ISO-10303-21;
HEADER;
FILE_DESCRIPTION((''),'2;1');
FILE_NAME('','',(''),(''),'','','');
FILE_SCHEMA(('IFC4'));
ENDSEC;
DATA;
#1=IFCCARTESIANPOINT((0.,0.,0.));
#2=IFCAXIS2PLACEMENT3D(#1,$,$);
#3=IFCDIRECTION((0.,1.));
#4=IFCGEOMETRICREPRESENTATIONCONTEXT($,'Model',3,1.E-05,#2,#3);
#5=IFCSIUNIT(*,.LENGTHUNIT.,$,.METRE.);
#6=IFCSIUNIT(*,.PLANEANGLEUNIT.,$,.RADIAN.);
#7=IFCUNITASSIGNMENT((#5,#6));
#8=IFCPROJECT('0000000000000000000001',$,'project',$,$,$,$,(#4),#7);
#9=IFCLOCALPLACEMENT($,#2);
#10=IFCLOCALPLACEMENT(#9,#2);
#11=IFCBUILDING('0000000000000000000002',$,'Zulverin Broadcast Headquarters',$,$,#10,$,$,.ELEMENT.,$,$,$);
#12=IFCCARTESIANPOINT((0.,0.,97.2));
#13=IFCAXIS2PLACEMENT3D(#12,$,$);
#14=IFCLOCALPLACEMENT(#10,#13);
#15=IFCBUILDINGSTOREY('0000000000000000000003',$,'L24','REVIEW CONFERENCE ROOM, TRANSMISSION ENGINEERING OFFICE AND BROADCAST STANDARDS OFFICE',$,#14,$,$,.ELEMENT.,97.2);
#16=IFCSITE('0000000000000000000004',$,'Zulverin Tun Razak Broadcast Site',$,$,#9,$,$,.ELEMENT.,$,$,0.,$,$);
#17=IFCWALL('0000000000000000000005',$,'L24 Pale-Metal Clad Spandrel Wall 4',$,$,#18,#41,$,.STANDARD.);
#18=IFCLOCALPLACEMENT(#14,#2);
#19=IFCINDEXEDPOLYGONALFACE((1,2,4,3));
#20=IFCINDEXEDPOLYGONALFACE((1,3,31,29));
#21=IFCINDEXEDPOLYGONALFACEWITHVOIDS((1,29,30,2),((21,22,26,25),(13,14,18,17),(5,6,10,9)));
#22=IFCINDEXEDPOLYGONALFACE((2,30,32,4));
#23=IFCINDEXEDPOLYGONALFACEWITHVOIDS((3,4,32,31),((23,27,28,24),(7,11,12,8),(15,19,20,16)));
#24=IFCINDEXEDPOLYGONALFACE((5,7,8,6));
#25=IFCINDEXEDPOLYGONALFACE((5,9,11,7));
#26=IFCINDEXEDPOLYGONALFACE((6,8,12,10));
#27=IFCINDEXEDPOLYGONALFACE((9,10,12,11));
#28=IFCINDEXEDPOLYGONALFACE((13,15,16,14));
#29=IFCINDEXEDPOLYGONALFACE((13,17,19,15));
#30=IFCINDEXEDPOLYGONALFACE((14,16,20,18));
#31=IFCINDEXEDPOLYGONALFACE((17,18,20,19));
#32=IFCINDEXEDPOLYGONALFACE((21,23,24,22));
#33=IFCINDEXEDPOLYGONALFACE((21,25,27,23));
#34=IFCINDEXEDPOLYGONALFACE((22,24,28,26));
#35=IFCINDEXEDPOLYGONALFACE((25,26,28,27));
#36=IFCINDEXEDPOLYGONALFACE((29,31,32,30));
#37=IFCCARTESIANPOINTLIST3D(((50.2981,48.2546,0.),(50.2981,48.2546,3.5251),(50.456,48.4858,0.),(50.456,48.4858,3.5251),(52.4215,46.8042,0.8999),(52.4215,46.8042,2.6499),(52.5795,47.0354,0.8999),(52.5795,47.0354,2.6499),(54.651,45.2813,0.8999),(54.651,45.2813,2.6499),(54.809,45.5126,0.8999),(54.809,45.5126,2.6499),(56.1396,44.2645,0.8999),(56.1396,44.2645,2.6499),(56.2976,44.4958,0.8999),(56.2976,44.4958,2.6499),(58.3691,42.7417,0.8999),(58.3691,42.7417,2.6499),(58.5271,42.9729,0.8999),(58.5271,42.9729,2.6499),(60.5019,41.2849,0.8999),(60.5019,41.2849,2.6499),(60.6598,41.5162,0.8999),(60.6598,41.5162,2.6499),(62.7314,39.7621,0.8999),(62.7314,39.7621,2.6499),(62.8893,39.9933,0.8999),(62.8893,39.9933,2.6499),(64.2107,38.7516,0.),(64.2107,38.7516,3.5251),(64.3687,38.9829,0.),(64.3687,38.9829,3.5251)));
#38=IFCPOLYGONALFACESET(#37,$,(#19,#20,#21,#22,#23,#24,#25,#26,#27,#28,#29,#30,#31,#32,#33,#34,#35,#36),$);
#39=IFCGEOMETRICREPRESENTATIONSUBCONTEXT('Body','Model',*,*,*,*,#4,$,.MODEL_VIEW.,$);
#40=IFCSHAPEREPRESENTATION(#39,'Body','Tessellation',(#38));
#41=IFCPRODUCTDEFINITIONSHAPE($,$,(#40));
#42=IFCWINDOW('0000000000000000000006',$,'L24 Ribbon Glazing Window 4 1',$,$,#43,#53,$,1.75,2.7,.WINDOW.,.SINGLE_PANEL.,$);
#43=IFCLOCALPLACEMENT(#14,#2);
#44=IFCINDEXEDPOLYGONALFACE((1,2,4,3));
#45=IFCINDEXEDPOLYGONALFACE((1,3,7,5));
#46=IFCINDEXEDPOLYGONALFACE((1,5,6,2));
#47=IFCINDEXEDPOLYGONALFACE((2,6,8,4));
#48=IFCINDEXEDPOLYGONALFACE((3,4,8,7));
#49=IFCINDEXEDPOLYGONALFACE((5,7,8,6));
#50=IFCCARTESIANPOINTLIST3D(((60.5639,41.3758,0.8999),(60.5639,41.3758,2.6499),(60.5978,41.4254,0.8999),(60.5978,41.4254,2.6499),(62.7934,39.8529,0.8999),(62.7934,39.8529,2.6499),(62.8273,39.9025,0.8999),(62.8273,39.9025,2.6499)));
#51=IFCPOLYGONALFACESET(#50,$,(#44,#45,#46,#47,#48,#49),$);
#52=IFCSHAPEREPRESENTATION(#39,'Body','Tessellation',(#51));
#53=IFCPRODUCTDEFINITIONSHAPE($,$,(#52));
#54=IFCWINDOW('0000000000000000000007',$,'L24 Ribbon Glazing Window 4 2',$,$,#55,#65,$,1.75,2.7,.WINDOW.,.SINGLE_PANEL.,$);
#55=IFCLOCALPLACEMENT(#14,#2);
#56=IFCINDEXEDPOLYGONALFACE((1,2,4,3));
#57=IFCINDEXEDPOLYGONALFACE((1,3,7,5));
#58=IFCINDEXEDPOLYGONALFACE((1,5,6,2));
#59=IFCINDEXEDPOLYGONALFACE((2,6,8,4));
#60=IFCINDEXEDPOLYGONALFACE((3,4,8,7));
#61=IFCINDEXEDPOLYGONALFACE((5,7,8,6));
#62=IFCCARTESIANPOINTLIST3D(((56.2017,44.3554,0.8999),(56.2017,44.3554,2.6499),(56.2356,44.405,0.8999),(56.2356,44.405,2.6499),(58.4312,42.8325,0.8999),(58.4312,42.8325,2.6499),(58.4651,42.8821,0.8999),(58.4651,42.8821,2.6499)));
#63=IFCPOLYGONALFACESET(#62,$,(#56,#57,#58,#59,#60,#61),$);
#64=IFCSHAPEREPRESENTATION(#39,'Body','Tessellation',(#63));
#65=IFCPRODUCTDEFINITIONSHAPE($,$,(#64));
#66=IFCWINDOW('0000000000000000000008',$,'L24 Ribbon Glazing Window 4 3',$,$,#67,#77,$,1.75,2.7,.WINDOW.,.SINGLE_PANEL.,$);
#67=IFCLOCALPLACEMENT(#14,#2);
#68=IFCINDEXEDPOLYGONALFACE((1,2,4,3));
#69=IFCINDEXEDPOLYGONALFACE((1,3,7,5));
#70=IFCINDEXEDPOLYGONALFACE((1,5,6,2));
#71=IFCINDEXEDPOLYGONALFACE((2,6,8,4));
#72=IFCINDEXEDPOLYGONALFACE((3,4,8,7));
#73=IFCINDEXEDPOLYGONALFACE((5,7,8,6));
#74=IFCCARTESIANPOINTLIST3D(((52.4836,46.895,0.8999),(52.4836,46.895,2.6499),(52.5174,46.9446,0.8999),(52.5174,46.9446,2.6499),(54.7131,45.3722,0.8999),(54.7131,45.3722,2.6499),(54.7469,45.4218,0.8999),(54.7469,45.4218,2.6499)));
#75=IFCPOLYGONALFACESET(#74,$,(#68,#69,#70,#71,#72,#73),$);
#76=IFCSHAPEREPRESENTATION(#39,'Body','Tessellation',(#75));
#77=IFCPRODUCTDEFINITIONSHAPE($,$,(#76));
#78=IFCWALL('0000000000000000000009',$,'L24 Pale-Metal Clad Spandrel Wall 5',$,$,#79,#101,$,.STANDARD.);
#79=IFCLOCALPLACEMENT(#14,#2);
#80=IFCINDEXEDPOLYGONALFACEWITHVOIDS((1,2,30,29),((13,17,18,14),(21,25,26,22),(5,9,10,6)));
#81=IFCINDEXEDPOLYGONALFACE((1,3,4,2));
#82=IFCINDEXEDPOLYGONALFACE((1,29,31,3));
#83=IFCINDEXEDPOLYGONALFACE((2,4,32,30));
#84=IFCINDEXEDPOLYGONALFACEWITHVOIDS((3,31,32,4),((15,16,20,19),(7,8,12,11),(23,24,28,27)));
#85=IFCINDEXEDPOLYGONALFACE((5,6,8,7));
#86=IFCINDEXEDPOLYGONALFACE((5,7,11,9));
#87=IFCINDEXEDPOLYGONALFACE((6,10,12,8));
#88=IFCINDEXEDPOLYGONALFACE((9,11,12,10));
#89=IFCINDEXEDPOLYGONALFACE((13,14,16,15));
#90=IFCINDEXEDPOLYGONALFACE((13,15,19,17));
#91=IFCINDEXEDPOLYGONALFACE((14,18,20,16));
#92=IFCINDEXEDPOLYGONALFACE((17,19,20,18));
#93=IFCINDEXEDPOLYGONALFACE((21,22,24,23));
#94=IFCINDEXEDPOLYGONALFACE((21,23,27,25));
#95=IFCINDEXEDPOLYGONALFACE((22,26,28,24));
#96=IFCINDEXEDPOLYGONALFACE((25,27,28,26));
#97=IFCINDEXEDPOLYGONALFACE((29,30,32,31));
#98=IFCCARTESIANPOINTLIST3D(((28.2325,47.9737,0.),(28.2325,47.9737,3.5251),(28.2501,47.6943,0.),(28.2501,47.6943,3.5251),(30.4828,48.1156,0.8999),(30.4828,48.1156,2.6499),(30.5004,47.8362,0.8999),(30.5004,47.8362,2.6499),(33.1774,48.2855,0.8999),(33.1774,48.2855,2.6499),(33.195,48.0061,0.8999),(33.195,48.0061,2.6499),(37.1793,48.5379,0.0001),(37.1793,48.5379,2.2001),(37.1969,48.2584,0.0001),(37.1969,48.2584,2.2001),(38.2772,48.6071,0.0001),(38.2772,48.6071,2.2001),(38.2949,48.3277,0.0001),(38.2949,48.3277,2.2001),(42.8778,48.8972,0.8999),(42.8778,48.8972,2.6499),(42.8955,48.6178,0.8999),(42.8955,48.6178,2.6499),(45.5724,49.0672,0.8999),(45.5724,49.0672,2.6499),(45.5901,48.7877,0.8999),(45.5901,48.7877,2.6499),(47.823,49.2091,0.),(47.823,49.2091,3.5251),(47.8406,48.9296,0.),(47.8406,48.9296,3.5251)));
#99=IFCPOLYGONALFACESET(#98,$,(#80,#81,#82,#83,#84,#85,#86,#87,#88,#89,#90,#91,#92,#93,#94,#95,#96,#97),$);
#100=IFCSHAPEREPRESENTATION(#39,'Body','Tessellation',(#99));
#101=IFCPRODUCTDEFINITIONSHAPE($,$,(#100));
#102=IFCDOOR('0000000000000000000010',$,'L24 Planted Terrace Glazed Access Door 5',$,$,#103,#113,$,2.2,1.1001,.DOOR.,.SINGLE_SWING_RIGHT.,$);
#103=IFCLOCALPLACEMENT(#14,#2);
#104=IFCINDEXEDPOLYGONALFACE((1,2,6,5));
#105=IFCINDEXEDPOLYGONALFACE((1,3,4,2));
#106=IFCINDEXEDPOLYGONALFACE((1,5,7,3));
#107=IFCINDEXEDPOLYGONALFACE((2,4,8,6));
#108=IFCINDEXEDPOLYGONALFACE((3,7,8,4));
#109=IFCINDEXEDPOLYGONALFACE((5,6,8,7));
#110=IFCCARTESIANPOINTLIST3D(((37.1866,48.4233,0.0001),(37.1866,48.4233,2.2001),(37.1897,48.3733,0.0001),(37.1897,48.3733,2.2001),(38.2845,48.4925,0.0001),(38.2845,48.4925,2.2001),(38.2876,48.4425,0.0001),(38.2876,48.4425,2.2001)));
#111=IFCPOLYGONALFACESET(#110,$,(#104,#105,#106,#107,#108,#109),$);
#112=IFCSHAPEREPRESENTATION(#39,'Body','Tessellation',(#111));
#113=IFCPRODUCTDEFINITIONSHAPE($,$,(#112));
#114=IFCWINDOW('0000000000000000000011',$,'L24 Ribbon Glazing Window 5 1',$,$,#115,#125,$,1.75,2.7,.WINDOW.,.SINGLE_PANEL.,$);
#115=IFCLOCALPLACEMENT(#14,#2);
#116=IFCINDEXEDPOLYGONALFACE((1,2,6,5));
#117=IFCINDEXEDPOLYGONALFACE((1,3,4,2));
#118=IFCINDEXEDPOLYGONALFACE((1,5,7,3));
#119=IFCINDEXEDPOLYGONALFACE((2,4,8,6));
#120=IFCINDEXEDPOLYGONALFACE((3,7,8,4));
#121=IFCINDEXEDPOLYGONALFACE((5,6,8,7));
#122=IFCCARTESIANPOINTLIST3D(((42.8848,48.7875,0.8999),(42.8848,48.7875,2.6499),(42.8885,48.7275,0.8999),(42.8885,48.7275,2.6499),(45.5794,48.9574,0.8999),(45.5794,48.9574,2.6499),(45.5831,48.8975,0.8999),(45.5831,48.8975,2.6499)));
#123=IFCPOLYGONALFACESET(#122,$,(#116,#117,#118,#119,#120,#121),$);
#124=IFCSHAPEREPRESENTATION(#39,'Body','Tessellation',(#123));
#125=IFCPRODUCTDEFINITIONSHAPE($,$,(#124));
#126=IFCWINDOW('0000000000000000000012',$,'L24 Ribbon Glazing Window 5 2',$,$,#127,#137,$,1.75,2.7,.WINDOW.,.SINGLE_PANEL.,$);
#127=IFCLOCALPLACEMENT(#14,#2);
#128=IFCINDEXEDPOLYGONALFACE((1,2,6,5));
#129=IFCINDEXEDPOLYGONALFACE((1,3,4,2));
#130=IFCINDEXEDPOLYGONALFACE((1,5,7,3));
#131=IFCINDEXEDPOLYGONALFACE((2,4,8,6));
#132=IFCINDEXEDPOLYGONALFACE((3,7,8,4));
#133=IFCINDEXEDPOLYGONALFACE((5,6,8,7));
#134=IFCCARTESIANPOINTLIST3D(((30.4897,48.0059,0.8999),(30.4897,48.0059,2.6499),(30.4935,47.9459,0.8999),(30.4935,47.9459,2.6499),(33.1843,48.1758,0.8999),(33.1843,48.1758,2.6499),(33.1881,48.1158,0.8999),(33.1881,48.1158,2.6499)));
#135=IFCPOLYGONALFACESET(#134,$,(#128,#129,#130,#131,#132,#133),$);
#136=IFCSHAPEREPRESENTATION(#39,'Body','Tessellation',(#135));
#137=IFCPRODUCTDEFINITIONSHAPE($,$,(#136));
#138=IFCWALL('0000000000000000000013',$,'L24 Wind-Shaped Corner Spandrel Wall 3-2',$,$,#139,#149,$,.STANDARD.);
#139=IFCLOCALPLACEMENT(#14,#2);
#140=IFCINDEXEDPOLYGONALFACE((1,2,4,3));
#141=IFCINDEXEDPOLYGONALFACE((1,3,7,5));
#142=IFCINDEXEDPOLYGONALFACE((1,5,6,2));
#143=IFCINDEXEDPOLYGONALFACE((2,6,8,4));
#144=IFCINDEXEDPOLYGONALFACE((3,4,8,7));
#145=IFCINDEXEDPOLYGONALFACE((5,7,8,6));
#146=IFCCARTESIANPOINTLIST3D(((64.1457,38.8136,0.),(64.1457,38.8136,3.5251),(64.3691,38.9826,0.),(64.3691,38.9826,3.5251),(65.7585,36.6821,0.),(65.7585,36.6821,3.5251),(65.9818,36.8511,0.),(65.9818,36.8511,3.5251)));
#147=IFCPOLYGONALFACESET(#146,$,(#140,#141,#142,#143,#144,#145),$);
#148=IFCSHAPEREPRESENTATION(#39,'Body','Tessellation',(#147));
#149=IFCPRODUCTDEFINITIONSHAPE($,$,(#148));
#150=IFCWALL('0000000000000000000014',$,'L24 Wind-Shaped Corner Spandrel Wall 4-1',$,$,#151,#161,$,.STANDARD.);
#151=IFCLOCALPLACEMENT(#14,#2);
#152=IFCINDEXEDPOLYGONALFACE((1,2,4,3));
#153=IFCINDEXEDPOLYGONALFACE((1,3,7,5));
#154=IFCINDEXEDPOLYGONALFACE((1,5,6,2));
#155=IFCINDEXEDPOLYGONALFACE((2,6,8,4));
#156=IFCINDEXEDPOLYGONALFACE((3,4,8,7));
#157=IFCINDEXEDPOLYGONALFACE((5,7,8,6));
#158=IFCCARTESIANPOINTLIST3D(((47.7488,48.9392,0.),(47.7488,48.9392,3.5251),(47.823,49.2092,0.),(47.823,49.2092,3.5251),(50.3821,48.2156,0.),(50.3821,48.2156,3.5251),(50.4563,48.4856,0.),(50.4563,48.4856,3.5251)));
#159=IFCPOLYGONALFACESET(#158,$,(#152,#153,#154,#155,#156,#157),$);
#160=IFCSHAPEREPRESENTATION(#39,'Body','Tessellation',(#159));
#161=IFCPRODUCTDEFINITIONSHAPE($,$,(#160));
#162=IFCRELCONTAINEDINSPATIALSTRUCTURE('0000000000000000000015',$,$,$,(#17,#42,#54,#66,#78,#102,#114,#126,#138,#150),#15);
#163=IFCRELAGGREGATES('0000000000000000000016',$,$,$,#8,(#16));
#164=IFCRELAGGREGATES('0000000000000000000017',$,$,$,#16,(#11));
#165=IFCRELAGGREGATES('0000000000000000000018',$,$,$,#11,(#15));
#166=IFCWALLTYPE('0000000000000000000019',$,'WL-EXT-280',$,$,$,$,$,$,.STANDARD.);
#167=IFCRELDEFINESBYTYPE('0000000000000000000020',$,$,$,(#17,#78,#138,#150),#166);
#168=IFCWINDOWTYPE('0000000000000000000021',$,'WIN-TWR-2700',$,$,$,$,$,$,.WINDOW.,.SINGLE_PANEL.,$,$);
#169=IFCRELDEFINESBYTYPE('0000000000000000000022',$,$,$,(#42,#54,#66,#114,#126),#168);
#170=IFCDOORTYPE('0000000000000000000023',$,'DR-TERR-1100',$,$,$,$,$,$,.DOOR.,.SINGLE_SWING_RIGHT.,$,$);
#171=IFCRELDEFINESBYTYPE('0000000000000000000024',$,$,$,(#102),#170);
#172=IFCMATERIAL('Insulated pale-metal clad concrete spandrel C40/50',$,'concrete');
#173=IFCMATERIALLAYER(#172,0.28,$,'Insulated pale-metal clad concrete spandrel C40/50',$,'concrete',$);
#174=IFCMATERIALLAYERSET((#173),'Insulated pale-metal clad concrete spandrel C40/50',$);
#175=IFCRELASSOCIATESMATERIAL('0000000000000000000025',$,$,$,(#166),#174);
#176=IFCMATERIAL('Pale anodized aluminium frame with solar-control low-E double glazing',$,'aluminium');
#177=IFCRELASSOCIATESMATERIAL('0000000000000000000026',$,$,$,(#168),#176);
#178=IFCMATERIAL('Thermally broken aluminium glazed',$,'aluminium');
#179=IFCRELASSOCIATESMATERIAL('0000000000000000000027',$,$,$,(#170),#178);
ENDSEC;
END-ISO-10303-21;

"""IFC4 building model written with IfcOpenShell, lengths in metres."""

from ifc_helpers import new_model, si_unit, direction, frame, frame_2d, origin, place, context, subcontext, project, spatial, rectangle, extrude, material, layer, layer_set, type_object, element, fill, save


model = new_model("IFC4")

# Units and contexts
model_context = context("Model", 3, precision=1e-05, world=origin(), true_north=direction((0.0, 1.0)))
body_context = subcontext(model_context, "Body", "Model", "MODEL_VIEW")
ifc_project = project(units=[si_unit("LENGTHUNIT", "METRE"), si_unit("PLANEANGLEUNIT", "RADIAN")], contexts=[model_context])

# Site, building, storey
site_placement = place(None, origin())
site = spatial("IfcSite", under=ifc_project, at=site_placement, Name="Zulverin Tun Razak Broadcast Site", CompositionType="ELEMENT", RefElevation=0.0)
building_placement = place(site_placement, origin())
building = spatial("IfcBuilding", under=site, at=building_placement, Name="Zulverin Broadcast Headquarters", CompositionType="ELEMENT")
storey_placement = place(building_placement, frame((0.0, 0.0, 97.2)))
storey = spatial("IfcBuildingStorey", under=building, at=storey_placement, Name="L24", Description="REVIEW CONFERENCE ROOM, TRANSMISSION ENGINEERING OFFICE AND BROADCAST STANDARDS OFFICE", CompositionType="ELEMENT", Elevation=97.2)

# Wall, openings, windows
ifc_material_1 = material(Name="Insulated pale-metal clad concrete spandrel C40/50", Category="concrete")
ifc_layer_1 = layer(ifc_material_1, 0.28, Name="Insulated pale-metal clad concrete spandrel C40/50", Category="concrete")
ifc_layer_set_1 = layer_set([ifc_layer_1], Name="Insulated pale-metal clad concrete spandrel C40/50")
wall_type_1 = type_object("IfcWallType", Name="WL-EXT-280", PredefinedType="STANDARD", material=ifc_layer_set_1)
wall_1_placement = place(storey_placement, frame((64.2898, 38.8672, 0.0), z_axis=(0.0, 0.0, 1.0), x_axis=(-0.825756, 0.564028, 0.0)))
wall_1 = element("IfcWall", 1, at=wall_1_placement, inside=storey, type_object=wall_type_1, Name="L24 Pale-Metal Clad Spandrel Wall 4", PredefinedType="STANDARD", context=body_context, shape_type="SweptSolid", body=[
    extrude(rectangle(XDim=16.8484, YDim=0.28, at=frame_2d((8.4243, 0.0))), origin(), (0.0, 0.0, 1.0), 3.5251),
])
opening_1_placement = place(wall_1_placement, frame((1.7915, 0.0, 0.8999)))
opening_1 = element("IfcOpeningElement", 2, at=opening_1_placement, cuts=wall_1, PredefinedType="OPENING", context=body_context, shape_type="SweptSolid", body=[
    extrude(rectangle(XDim=2.7, YDim=1.75, at=frame_2d((1.3501, 0.875))), frame((0.0, 0.1499, 0.0), z_axis=(0.0, -1.0, 0.0), x_axis=(1.0, 0.0, 0.0)), (0.0, 0.0, 1.0), 0.3),
])
opening_2_placement = place(wall_1_placement, frame((7.0742, 0.0, 0.8999)))
opening_2 = element("IfcOpeningElement", 3, at=opening_2_placement, cuts=wall_1, PredefinedType="OPENING", context=body_context, shape_type="SweptSolid", body=[
    extrude(rectangle(XDim=2.7, YDim=1.75, at=frame_2d((1.3501, 0.875))), frame((0.0, 0.1499, 0.0), z_axis=(0.0, -1.0, 0.0), x_axis=(1.0, 0.0, 0.0)), (0.0, 0.0, 1.0), 0.3),
])
opening_3_placement = place(wall_1_placement, frame((11.5769, 0.0, 0.8999)))
opening_3 = element("IfcOpeningElement", 4, at=opening_3_placement, cuts=wall_1, PredefinedType="OPENING", context=body_context, shape_type="SweptSolid", body=[
    extrude(rectangle(XDim=2.7, YDim=1.75, at=frame_2d((1.3501, 0.875))), frame((0.0, 0.1499, 0.0), z_axis=(0.0, -1.0, 0.0), x_axis=(1.0, 0.0, 0.0)), (0.0, 0.0, 1.0), 0.3),
])
ifc_material_2 = material(Name="Pale anodized aluminium frame with solar-control low-E double glazing", Category="aluminium")
window_type = type_object("IfcWindowType", Name="WIN-TWR-2700", PartitioningType="SINGLE_PANEL", PredefinedType="WINDOW", material=ifc_material_2)
window_1_placement = place(opening_1_placement, origin())
window_1 = element("IfcWindow", 5, at=window_1_placement, inside=storey, type_object=window_type, Name="L24 Ribbon Glazing Window 4 1", OverallHeight=1.75, OverallWidth=2.7, PartitioningType="SINGLE_PANEL", PredefinedType="WINDOW", context=body_context, shape_type="SweptSolid", body=[
    extrude(rectangle(XDim=2.7, YDim=1.75, at=frame_2d((1.3501, 0.875))), frame((0.0, 0.03, 0.0), z_axis=(0.0, -1.0, 0.0), x_axis=(1.0, 0.0, 0.0)), (0.0, 0.0, 1.0), 0.0601),
])
fill(opening_1, window_1)
window_2_placement = place(opening_2_placement, origin())
window_2 = element("IfcWindow", 6, at=window_2_placement, inside=storey, type_object=window_type, Name="L24 Ribbon Glazing Window 4 2", OverallHeight=1.75, OverallWidth=2.7, PartitioningType="SINGLE_PANEL", PredefinedType="WINDOW", context=body_context, shape_type="SweptSolid", body=[
    extrude(rectangle(XDim=2.7, YDim=1.75, at=frame_2d((1.3501, 0.875))), frame((0.0, 0.03, 0.0), z_axis=(0.0, -1.0, 0.0), x_axis=(1.0, 0.0, 0.0)), (0.0, 0.0, 1.0), 0.0601),
])
fill(opening_2, window_2)
window_3_placement = place(opening_3_placement, origin())
window_3 = element("IfcWindow", 7, at=window_3_placement, inside=storey, type_object=window_type, Name="L24 Ribbon Glazing Window 4 3", OverallHeight=1.75, OverallWidth=2.7, PartitioningType="SINGLE_PANEL", PredefinedType="WINDOW", context=body_context, shape_type="SweptSolid", body=[
    extrude(rectangle(XDim=2.7, YDim=1.75, at=frame_2d((1.3501, 0.875))), frame((0.0, 0.03, 0.0), z_axis=(0.0, -1.0, 0.0), x_axis=(1.0, 0.0, 0.0)), (0.0, 0.0, 1.0), 0.0601),
])
fill(opening_3, window_3)

# Wall, openings, door, windows
wall_2_placement = place(storey_placement, frame((47.8318, 49.0693, 0.0), z_axis=(0.0, 0.0, 1.0), x_axis=(-0.998018, -0.062933, 0.0)))
wall_2 = element("IfcWall", 8, at=wall_2_placement, inside=storey, type_object=wall_type_1, Name="L24 Pale-Metal Clad Spandrel Wall 5", PredefinedType="STANDARD", context=body_context, shape_type="SweptSolid", body=[
    extrude(rectangle(XDim=19.6294, YDim=0.28, at=frame_2d((9.8147, 0.0))), origin(), (0.0, 0.0, 1.0), 3.5251),
])
opening_4_placement = place(wall_2_placement, frame((9.5647, 0.0, 0.0)))
opening_4 = element("IfcOpeningElement", 9, at=opening_4_placement, cuts=wall_2, PredefinedType="OPENING", context=body_context, shape_type="SweptSolid", body=[
    extrude(rectangle(XDim=1.1001, YDim=2.2, at=frame_2d((0.55, 1.1001))), frame((0.0, 0.1499, 0.0), z_axis=(0.0, -1.0, 0.0), x_axis=(1.0, 0.0, 0.0)), (0.0, 0.0, 1.0), 0.3),
])
opening_5_placement = place(wall_2_placement, frame((2.2549, 0.0, 0.8999)))
opening_5 = element("IfcOpeningElement", 10, at=opening_5_placement, cuts=wall_2, PredefinedType="OPENING", context=body_context, shape_type="SweptSolid", body=[
    extrude(rectangle(XDim=2.7, YDim=1.75, at=frame_2d((1.3501, 0.875))), frame((0.0, 0.1499, 0.0), z_axis=(0.0, -1.0, 0.0), x_axis=(1.0, 0.0, 0.0)), (0.0, 0.0, 1.0), 0.3),
])
opening_6_placement = place(wall_2_placement, frame((14.6746, 0.0, 0.8999)))
opening_6 = element("IfcOpeningElement", 11, at=opening_6_placement, cuts=wall_2, PredefinedType="OPENING", context=body_context, shape_type="SweptSolid", body=[
    extrude(rectangle(XDim=2.7, YDim=1.75, at=frame_2d((1.3501, 0.875))), frame((0.0, 0.1499, 0.0), z_axis=(0.0, -1.0, 0.0), x_axis=(1.0, 0.0, 0.0)), (0.0, 0.0, 1.0), 0.3),
])
ifc_material_3 = material(Name="Thermally broken aluminium glazed", Category="aluminium")
door_type = type_object("IfcDoorType", Name="DR-TERR-1100", OperationType="SINGLE_SWING_RIGHT", PredefinedType="DOOR", material=ifc_material_3)
door_placement = place(opening_4_placement, origin())
door = element("IfcDoor", 12, at=door_placement, inside=storey, type_object=door_type, Name="L24 Planted Terrace Glazed Access Door 5", OperationType="SINGLE_SWING_RIGHT", OverallHeight=2.2, OverallWidth=1.1001, PredefinedType="DOOR", context=body_context, shape_type="SweptSolid", body=[
    extrude(rectangle(XDim=1.1001, YDim=2.2, at=frame_2d((0.55, 1.1001))), frame((0.0, 0.0249, 0.0), z_axis=(0.0, -1.0, 0.0), x_axis=(1.0, 0.0, 0.0)), (0.0, 0.0, 1.0), 0.05),
])
fill(opening_4, door)
window_4_placement = place(opening_5_placement, origin())
window_4 = element("IfcWindow", 13, at=window_4_placement, inside=storey, type_object=window_type, Name="L24 Ribbon Glazing Window 5 1", OverallHeight=1.75, OverallWidth=2.7, PartitioningType="SINGLE_PANEL", PredefinedType="WINDOW", context=body_context, shape_type="SweptSolid", body=[
    extrude(rectangle(XDim=2.7, YDim=1.75, at=frame_2d((1.3501, 0.875))), frame((0.0, 0.03, 0.0), z_axis=(0.0, -1.0, 0.0), x_axis=(1.0, 0.0, 0.0)), (0.0, 0.0, 1.0), 0.0601),
])
fill(opening_5, window_4)
window_5_placement = place(opening_6_placement, origin())
window_5 = element("IfcWindow", 14, at=window_5_placement, inside=storey, type_object=window_type, Name="L24 Ribbon Glazing Window 5 2", OverallHeight=1.75, OverallWidth=2.7, PartitioningType="SINGLE_PANEL", PredefinedType="WINDOW", context=body_context, shape_type="SweptSolid", body=[
    extrude(rectangle(XDim=2.7, YDim=1.75, at=frame_2d((1.3501, 0.875))), frame((0.0, 0.03, 0.0), z_axis=(0.0, -1.0, 0.0), x_axis=(1.0, 0.0, 0.0)), (0.0, 0.0, 1.0), 0.0601),
])
fill(opening_6, window_5)

# Walls
wall_3_placement = place(storey_placement, frame((65.8701, 36.7666, 0.0), z_axis=(0.0, 0.0, 1.0), x_axis=(-0.60337, 0.797461, 0.0)))
element("IfcWall", 15, at=wall_3_placement, inside=storey, type_object=wall_type_1, Name="L24 Wind-Shaped Corner Spandrel Wall 3-2", PredefinedType="STANDARD", context=body_context, shape_type="SweptSolid", body=[
    extrude(rectangle(XDim=2.6729, YDim=0.28, at=frame_2d((1.3364, 0.0))), origin(), (0.0, 0.0, 1.0), 3.5251),
])
wall_4_placement = place(storey_placement, frame((50.4192, 48.3506, 0.0), z_axis=(0.0, 0.0, 1.0), x_axis=(-0.964255, 0.264978, 0.0)))
element("IfcWall", 16, at=wall_4_placement, inside=storey, type_object=wall_type_1, Name="L24 Wind-Shaped Corner Spandrel Wall 4-1", PredefinedType="STANDARD", context=body_context, shape_type="SweptSolid", body=[
    extrude(rectangle(XDim=2.731, YDim=0.28, at=frame_2d((1.3655, 0.0))), origin(), (0.0, 0.0, 1.0), 3.5251),
])

save(model, "model.ifc")
